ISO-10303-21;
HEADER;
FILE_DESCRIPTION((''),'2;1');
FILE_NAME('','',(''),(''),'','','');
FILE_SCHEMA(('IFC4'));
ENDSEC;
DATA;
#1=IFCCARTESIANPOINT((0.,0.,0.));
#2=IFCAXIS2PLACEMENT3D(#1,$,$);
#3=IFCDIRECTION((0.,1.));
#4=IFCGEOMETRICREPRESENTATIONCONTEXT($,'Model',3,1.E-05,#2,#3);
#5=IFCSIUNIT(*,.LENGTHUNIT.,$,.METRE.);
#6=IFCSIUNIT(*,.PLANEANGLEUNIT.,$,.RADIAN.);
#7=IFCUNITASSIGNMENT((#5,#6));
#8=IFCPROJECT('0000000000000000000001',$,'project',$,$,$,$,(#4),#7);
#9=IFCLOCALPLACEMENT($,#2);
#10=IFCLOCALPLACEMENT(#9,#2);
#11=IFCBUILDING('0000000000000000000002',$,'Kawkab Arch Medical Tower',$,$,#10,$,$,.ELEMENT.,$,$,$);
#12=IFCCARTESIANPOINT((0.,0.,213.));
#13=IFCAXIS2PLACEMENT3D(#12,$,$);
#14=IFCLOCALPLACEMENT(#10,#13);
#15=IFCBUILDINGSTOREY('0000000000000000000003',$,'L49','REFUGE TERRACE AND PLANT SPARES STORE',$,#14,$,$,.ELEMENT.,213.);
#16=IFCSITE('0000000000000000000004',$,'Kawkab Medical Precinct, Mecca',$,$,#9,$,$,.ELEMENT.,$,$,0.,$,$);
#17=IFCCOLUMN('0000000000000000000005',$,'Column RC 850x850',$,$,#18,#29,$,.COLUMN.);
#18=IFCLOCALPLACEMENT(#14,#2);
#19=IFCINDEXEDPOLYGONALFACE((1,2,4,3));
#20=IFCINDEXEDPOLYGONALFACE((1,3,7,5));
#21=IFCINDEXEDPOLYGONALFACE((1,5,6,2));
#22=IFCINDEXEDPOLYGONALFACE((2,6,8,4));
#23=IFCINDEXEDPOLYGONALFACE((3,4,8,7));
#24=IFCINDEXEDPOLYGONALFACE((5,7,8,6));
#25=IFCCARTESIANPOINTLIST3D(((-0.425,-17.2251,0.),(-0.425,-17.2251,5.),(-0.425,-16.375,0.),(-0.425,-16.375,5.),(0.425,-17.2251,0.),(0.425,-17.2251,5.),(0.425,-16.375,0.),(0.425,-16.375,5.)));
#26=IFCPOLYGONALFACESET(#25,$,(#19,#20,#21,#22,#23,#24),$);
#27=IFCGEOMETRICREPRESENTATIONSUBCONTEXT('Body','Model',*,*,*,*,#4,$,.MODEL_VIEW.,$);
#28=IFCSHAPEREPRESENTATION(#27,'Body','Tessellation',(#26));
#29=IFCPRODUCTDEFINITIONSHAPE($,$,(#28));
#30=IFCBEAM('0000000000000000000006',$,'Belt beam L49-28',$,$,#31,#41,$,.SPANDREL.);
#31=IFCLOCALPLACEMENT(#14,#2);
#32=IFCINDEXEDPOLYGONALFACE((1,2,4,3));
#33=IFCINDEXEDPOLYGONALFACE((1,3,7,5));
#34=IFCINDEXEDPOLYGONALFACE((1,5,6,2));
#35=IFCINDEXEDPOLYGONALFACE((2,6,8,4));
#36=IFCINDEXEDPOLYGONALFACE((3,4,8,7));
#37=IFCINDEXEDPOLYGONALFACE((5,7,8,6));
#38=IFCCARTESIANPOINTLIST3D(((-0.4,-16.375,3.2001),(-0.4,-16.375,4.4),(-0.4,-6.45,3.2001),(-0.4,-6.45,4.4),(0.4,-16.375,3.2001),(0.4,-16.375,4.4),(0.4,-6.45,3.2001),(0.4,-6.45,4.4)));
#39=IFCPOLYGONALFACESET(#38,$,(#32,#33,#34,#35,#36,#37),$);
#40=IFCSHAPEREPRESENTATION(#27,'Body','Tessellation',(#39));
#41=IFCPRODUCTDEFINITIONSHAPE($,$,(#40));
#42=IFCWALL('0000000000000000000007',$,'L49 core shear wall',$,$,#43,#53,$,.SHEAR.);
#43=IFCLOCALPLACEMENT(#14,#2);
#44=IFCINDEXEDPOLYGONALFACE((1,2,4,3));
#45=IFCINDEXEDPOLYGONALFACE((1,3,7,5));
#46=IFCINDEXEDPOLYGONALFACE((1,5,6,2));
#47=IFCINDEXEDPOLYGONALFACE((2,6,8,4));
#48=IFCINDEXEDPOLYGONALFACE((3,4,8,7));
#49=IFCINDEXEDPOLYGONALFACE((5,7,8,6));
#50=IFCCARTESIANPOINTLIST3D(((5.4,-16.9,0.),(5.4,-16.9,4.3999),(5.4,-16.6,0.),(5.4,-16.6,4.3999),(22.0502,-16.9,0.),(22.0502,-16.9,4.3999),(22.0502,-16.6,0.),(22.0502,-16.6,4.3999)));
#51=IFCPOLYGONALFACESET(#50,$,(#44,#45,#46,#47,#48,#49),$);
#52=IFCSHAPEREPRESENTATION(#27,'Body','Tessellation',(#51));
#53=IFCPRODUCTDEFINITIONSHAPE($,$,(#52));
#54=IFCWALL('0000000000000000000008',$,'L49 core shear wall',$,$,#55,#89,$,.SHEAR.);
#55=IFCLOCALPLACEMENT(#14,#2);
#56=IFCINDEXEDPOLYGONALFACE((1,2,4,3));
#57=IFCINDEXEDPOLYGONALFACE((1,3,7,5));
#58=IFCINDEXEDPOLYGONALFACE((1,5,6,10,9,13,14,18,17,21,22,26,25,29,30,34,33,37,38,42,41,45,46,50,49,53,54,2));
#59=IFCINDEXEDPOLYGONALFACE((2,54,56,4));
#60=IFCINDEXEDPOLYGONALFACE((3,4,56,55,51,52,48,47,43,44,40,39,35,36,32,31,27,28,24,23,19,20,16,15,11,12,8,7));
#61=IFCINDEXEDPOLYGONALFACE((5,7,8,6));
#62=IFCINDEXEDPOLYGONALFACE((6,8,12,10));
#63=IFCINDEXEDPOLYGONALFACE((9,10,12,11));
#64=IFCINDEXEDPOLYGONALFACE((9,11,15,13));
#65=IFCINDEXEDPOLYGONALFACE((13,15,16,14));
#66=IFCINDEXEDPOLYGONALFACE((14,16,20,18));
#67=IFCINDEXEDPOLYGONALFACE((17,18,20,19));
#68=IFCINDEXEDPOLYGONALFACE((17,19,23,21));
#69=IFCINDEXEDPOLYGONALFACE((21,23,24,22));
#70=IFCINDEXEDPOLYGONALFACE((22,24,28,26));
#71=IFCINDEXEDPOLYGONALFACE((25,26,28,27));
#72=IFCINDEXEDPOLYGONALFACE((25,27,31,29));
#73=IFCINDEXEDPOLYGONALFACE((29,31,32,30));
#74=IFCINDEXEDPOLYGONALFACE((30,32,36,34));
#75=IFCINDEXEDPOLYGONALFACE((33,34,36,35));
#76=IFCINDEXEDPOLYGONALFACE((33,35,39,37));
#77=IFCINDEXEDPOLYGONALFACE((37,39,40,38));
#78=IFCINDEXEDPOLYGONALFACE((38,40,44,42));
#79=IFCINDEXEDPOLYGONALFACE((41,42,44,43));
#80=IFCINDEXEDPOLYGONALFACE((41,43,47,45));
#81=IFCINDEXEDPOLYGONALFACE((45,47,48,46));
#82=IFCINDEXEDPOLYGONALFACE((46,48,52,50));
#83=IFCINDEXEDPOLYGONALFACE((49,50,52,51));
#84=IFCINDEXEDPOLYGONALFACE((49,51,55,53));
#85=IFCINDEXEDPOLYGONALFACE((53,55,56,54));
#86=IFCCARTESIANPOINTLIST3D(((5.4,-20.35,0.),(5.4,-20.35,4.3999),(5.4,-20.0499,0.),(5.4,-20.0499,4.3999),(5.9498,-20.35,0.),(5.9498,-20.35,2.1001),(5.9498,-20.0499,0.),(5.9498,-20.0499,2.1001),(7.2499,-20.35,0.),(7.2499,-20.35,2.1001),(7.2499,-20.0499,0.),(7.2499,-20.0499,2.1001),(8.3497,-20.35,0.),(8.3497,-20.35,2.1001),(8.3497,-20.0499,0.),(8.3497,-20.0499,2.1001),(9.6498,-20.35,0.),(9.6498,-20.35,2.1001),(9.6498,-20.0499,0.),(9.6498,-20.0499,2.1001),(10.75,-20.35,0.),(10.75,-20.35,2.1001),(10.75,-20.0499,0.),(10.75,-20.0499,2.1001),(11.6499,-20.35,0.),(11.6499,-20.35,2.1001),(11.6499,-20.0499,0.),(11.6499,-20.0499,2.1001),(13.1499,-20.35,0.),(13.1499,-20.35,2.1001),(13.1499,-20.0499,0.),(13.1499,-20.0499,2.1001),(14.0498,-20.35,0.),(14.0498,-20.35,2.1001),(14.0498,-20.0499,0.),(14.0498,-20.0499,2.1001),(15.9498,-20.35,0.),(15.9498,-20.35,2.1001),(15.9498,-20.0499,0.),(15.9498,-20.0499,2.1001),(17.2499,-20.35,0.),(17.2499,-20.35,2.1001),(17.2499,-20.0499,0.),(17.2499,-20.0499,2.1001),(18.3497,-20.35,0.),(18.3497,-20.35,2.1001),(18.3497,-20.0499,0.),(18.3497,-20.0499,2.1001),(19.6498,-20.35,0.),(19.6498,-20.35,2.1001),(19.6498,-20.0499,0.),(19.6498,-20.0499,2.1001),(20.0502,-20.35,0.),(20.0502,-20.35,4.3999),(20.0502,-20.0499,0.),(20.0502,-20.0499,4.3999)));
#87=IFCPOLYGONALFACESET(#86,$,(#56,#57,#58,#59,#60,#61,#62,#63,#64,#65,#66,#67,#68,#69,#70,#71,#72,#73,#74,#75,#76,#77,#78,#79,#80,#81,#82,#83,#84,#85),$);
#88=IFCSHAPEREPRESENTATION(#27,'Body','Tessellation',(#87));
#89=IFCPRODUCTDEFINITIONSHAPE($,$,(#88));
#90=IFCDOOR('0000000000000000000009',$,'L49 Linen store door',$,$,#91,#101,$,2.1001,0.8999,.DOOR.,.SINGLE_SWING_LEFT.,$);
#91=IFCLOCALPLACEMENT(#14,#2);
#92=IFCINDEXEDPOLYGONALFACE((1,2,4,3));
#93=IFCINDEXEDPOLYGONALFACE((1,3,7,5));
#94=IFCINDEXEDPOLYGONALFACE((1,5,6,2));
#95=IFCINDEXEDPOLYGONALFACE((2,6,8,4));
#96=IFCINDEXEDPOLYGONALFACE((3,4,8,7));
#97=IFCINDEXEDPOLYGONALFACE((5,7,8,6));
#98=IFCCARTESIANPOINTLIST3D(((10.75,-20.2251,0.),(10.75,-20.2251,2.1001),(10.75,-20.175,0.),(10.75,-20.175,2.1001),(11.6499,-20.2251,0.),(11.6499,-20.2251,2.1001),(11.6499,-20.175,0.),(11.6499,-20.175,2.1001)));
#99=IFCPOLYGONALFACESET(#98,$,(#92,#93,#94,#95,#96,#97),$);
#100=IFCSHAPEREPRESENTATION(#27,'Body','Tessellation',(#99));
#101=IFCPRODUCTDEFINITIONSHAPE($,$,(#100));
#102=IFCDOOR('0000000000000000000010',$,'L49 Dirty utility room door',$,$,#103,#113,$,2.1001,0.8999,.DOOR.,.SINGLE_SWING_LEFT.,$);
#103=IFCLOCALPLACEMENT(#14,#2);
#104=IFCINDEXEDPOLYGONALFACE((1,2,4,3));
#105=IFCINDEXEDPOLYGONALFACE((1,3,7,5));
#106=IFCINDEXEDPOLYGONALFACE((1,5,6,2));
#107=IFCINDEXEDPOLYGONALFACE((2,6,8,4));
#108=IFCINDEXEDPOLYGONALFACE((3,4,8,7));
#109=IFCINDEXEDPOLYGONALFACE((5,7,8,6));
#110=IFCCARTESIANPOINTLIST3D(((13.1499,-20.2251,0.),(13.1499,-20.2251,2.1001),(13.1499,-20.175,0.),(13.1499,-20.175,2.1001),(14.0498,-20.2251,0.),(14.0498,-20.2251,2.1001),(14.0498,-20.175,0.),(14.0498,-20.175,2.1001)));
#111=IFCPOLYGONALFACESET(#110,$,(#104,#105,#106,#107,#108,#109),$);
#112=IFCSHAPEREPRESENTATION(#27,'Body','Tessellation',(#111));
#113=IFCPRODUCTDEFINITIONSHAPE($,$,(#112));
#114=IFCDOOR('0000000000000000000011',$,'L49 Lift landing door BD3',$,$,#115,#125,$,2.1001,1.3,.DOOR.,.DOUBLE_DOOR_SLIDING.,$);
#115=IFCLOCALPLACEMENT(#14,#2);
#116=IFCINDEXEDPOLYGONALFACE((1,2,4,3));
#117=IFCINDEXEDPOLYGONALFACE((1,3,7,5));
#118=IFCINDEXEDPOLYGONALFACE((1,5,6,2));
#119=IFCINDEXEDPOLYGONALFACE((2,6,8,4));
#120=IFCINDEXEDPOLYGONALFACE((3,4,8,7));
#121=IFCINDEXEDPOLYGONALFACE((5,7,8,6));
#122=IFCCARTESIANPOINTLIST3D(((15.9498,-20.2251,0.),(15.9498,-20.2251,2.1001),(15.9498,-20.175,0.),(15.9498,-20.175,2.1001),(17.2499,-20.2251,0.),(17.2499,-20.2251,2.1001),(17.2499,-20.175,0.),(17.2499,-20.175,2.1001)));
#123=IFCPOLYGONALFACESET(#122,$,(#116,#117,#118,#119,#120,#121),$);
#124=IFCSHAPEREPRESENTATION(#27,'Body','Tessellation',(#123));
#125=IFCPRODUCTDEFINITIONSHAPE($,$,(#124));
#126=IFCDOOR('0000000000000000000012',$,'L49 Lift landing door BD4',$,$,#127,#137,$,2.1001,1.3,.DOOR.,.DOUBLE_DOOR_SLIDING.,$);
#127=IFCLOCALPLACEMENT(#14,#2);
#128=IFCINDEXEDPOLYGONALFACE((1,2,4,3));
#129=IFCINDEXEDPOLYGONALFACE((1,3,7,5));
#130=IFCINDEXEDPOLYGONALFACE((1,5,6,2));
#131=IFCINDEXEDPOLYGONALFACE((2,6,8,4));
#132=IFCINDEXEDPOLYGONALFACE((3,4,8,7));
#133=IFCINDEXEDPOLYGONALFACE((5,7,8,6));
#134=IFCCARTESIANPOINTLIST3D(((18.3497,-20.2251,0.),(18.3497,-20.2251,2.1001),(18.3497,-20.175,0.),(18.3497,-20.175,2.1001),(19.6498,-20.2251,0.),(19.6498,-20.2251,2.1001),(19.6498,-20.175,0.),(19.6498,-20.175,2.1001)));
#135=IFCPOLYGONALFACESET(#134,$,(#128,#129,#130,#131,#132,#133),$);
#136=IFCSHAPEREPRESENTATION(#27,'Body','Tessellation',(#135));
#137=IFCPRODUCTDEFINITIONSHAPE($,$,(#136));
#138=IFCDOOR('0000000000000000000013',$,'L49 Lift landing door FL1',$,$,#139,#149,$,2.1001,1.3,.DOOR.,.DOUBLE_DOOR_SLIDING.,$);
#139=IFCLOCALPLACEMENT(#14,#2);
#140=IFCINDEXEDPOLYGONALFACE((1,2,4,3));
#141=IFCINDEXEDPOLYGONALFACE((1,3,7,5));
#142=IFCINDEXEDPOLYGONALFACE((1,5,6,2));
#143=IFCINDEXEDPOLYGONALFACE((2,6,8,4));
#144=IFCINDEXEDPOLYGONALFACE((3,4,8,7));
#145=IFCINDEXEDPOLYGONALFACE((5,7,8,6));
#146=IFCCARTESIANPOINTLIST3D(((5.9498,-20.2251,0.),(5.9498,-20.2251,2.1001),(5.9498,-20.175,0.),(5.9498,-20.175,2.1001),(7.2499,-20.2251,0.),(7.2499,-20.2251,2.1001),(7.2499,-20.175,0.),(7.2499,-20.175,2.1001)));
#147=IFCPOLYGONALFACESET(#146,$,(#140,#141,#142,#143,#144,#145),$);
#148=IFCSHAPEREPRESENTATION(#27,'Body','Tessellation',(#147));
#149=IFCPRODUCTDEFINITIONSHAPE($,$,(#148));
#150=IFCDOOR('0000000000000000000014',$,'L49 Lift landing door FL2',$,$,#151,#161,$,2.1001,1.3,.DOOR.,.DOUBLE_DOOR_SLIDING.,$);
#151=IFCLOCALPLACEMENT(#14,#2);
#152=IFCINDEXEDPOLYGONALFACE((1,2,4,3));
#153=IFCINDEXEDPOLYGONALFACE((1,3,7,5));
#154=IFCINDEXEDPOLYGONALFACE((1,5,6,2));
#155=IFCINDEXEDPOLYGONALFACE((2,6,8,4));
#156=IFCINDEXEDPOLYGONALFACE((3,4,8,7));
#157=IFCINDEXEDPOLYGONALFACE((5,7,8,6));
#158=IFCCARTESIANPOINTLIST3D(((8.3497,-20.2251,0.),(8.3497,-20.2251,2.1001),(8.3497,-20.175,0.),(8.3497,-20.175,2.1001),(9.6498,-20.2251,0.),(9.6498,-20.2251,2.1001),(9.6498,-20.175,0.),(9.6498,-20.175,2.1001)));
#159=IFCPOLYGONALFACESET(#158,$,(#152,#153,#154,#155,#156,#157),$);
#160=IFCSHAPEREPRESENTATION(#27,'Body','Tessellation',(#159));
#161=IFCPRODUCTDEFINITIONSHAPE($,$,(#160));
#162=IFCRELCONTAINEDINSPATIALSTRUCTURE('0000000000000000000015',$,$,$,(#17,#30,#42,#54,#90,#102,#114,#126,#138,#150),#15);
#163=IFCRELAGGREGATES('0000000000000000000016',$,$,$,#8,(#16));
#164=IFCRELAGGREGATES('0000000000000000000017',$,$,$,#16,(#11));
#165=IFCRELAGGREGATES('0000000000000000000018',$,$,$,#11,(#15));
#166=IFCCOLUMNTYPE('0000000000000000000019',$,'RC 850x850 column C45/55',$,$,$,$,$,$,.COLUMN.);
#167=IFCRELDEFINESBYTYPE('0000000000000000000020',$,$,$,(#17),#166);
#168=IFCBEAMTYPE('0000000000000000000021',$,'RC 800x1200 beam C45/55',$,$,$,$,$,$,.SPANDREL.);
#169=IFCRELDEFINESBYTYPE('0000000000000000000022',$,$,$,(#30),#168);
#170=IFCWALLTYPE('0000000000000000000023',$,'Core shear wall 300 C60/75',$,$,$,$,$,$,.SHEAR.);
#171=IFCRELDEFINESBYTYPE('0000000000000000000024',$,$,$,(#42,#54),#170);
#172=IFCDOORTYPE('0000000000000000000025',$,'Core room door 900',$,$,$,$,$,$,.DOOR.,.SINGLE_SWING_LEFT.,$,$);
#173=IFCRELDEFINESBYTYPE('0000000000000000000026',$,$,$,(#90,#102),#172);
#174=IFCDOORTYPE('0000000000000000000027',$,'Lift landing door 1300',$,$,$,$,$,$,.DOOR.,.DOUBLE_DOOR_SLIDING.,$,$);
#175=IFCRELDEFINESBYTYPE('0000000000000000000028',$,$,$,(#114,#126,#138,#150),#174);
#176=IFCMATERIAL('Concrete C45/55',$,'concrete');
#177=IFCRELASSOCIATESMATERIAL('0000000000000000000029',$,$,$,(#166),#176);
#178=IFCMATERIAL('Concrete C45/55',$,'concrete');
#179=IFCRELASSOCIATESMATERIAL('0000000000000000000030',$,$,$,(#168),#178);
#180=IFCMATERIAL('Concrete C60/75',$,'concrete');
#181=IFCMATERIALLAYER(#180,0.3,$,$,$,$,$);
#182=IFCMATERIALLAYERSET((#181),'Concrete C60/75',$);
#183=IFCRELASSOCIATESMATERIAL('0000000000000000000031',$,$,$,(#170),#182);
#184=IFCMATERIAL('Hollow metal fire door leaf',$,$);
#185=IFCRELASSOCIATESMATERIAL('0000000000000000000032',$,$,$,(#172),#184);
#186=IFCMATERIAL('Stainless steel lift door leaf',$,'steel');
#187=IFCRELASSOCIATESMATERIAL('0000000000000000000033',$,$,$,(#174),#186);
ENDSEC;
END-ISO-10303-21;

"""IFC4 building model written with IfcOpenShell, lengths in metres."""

from ifc_helpers import new_model, si_unit, direction, frame, frame_2d, origin, origin_2d, place, context, subcontext, project, spatial, rectangle, extrude, material, layer, layer_set, material_profile, profile_set, type_object, element, fill, save


model = new_model("IFC4")

# Units and contexts
model_context = context("Model", 3, precision=1e-05, world=origin(), true_north=direction((0.0, 1.0)))
body_context = subcontext(model_context, "Body", "Model", "MODEL_VIEW")
ifc_project = project(units=[si_unit("LENGTHUNIT", "METRE"), si_unit("PLANEANGLEUNIT", "RADIAN")], contexts=[model_context])

# Site, building, storey
site_placement = place(None, origin())
site = spatial("IfcSite", under=ifc_project, at=site_placement, Name="Kawkab Medical Precinct, Mecca", CompositionType="ELEMENT", RefElevation=0.0)
building_placement = place(site_placement, origin())
building = spatial("IfcBuilding", under=site, at=building_placement, Name="Kawkab Arch Medical Tower", CompositionType="ELEMENT")
storey_placement = place(building_placement, frame((0.0, 0.0, 213.0)))
storey = spatial("IfcBuildingStorey", under=building, at=storey_placement, Name="L49", Description="REFUGE TERRACE AND PLANT SPARES STORE", CompositionType="ELEMENT", Elevation=213.0)

# Column
ifc_material_1 = material(Name="Concrete C45/55", Category="concrete")
ifc_material_profile_1 = material_profile(ifc_material_1, rectangle(XDim=0.8501, YDim=0.8501, at=origin_2d()), Name="RC 850x850")
ifc_profile_set_1 = profile_set([ifc_material_profile_1], Name="Concrete C45/55")
column_type = type_object("IfcColumnType", Name="RC 850x850 column C45/55", PredefinedType="COLUMN", material=ifc_profile_set_1)
column_placement = place(storey_placement, frame((0.0, -16.8, 0.0), z_axis=(0.0, 0.0, 1.0), x_axis=(1.0, 0.0, 0.0)))
element("IfcColumn", 1, at=column_placement, inside=storey, type_object=column_type, Name="Column RC 850x850", PredefinedType="COLUMN", context=body_context, shape_type="SweptSolid", body=[
    extrude(rectangle(XDim=0.8501, YDim=0.8501, at=origin_2d()), origin(), (0.0, 0.0, 1.0), 5.0),
])

# Beam
ifc_material_2 = material(Name="Concrete C45/55", Category="concrete")
ifc_material_profile_2 = material_profile(ifc_material_2, rectangle(XDim=0.8, YDim=1.2, at=origin_2d()), Name="RC 800x1200")
ifc_profile_set_2 = profile_set([ifc_material_profile_2], Name="Concrete C45/55")
beam_type = type_object("IfcBeamType", Name="RC 800x1200 beam C45/55", PredefinedType="SPANDREL", material=ifc_profile_set_2)
beam_placement = place(storey_placement, frame((0.0, -16.375, 3.8), z_axis=(0.0, 1.0, 0.0), x_axis=(-1.0, 0.0, 0.0)))
element("IfcBeam", 2, at=beam_placement, inside=storey, type_object=beam_type, Name="Belt beam L49-28", PredefinedType="SPANDREL", context=body_context, shape_type="SweptSolid", body=[
    extrude(rectangle(XDim=0.8, YDim=1.2, at=origin_2d()), origin(), (0.0, 0.0, 1.0), 9.925),
])

# Wall
ifc_material_3 = material(Name="Concrete C60/75", Category="concrete")
ifc_layer_1 = layer(ifc_material_3, 0.3)
ifc_layer_set_1 = layer_set([ifc_layer_1], Name="Concrete C60/75")
wall_type_1 = type_object("IfcWallType", Name="Core shear wall 300 C60/75", PredefinedType="SHEAR", material=ifc_layer_set_1)
wall_1_placement = place(storey_placement, frame((5.3999, -16.75, 0.0), z_axis=(0.0, 0.0, 1.0), x_axis=(1.0, 0.0, 0.0)))
element("IfcWall", 3, at=wall_1_placement, inside=storey, type_object=wall_type_1, Name="L49 core shear wall", PredefinedType="SHEAR", context=body_context, shape_type="SweptSolid", body=[
    extrude(rectangle(XDim=16.6501, YDim=0.3, at=frame_2d((8.3252, 0.0))), origin(), (0.0, 0.0, 1.0), 4.3999),
])

# Wall, openings, doors
wall_2_placement = place(storey_placement, frame((5.3999, -20.2, 0.0), z_axis=(0.0, 0.0, 1.0), x_axis=(1.0, 0.0, 0.0)))
wall_2 = element("IfcWall", 4, at=wall_2_placement, inside=storey, type_object=wall_type_1, Name="L49 core shear wall", PredefinedType="SHEAR", context=body_context, shape_type="SweptSolid", body=[
    extrude(rectangle(XDim=14.6501, YDim=0.3, at=frame_2d((7.3252, 0.0))), origin(), (0.0, 0.0, 1.0), 4.3999),
])
opening_1_placement = place(wall_2_placement, frame((10.55, 0.0, 0.0)))
opening_1 = element("IfcOpeningElement", 5, at=opening_1_placement, cuts=wall_2, PredefinedType="OPENING", context=body_context, shape_type="SweptSolid", body=[
    extrude(rectangle(XDim=1.3, YDim=2.1001, at=frame_2d((0.6499, 1.05))), frame((0.0, 0.1599, 0.0), z_axis=(0.0, -1.0, 0.0), x_axis=(1.0, 0.0, 0.0)), (0.0, 0.0, 1.0), 0.3201),
])
opening_2_placement = place(wall_2_placement, frame((12.95, 0.0, 0.0)))
opening_2 = element("IfcOpeningElement", 6, at=opening_2_placement, cuts=wall_2, PredefinedType="OPENING", context=body_context, shape_type="SweptSolid", body=[
    extrude(rectangle(XDim=1.3, YDim=2.1001, at=frame_2d((0.6499, 1.05))), frame((0.0, 0.1599, 0.0), z_axis=(0.0, -1.0, 0.0), x_axis=(1.0, 0.0, 0.0)), (0.0, 0.0, 1.0), 0.3201),
])
opening_3_placement = place(wall_2_placement, frame((0.55, 0.0, 0.0)))
opening_3 = element("IfcOpeningElement", 7, at=opening_3_placement, cuts=wall_2, PredefinedType="OPENING", context=body_context, shape_type="SweptSolid", body=[
    extrude(rectangle(XDim=1.3, YDim=2.1001, at=frame_2d((0.6499, 1.05))), frame((0.0, 0.1599, 0.0), z_axis=(0.0, -1.0, 0.0), x_axis=(1.0, 0.0, 0.0)), (0.0, 0.0, 1.0), 0.3201),
])
opening_4_placement = place(wall_2_placement, frame((2.95, 0.0, 0.0)))
opening_4 = element("IfcOpeningElement", 8, at=opening_4_placement, cuts=wall_2, PredefinedType="OPENING", context=body_context, shape_type="SweptSolid", body=[
    extrude(rectangle(XDim=1.3, YDim=2.1001, at=frame_2d((0.6499, 1.05))), frame((0.0, 0.1599, 0.0), z_axis=(0.0, -1.0, 0.0), x_axis=(1.0, 0.0, 0.0)), (0.0, 0.0, 1.0), 0.3201),
])
opening_5_placement = place(wall_2_placement, frame((5.3501, 0.0, 0.0)))
opening_5 = element("IfcOpeningElement", 9, at=opening_5_placement, cuts=wall_2, PredefinedType="OPENING", context=body_context, shape_type="SweptSolid", body=[
    extrude(rectangle(XDim=0.8999, YDim=2.1001, at=frame_2d((0.45, 1.05))), frame((0.0, 0.1599, 0.0), z_axis=(0.0, -1.0, 0.0), x_axis=(1.0, 0.0, 0.0)), (0.0, 0.0, 1.0), 0.3201),
])
opening_6_placement = place(wall_2_placement, frame((7.75, 0.0, 0.0)))
opening_6 = element("IfcOpeningElement", 10, at=opening_6_placement, cuts=wall_2, PredefinedType="OPENING", context=body_context, shape_type="SweptSolid", body=[
    extrude(rectangle(XDim=0.8999, YDim=2.1001, at=frame_2d((0.45, 1.05))), frame((0.0, 0.1599, 0.0), z_axis=(0.0, -1.0, 0.0), x_axis=(1.0, 0.0, 0.0)), (0.0, 0.0, 1.0), 0.3201),
])
ifc_material_4 = material(Name="Hollow metal fire door leaf")
door_type_1 = type_object("IfcDoorType", Name="Core room door 900", OperationType="SINGLE_SWING_LEFT", PredefinedType="DOOR", material=ifc_material_4)
door_1_placement = place(opening_5_placement, origin())
door_1 = element("IfcDoor", 11, at=door_1_placement, inside=storey, type_object=door_type_1, Name="L49 Linen store door", OperationType="SINGLE_SWING_LEFT", OverallHeight=2.1001, OverallWidth=0.8999, PredefinedType="DOOR", context=body_context, shape_type="SweptSolid", body=[
    extrude(rectangle(XDim=0.8999, YDim=2.1001, at=frame_2d((0.45, 1.05))), frame((0.0, 0.0249, 0.0), z_axis=(0.0, -1.0, 0.0), x_axis=(1.0, 0.0, 0.0)), (0.0, 0.0, 1.0), 0.05),
])
fill(opening_5, door_1)
door_2_placement = place(opening_6_placement, origin())
door_2 = element("IfcDoor", 12, at=door_2_placement, inside=storey, type_object=door_type_1, Name="L49 Dirty utility room door", OperationType="SINGLE_SWING_LEFT", OverallHeight=2.1001, OverallWidth=0.8999, PredefinedType="DOOR", context=body_context, shape_type="SweptSolid", body=[
    extrude(rectangle(XDim=0.8999, YDim=2.1001, at=frame_2d((0.45, 1.05))), frame((0.0, 0.0249, 0.0), z_axis=(0.0, -1.0, 0.0), x_axis=(1.0, 0.0, 0.0)), (0.0, 0.0, 1.0), 0.05),
])
fill(opening_6, door_2)
ifc_material_5 = material(Name="Stainless steel lift door leaf", Category="steel")
door_type_2 = type_object("IfcDoorType", Name="Lift landing door 1300", OperationType="DOUBLE_DOOR_SLIDING", PredefinedType="DOOR", material=ifc_material_5)
door_3_placement = place(opening_1_placement, origin())
door_3 = element("IfcDoor", 13, at=door_3_placement, inside=storey, type_object=door_type_2, Name="L49 Lift landing door BD3", OperationType="DOUBLE_DOOR_SLIDING", OverallHeight=2.1001, OverallWidth=1.3, PredefinedType="DOOR", context=body_context, shape_type="SweptSolid", body=[
    extrude(rectangle(XDim=1.3, YDim=2.1001, at=frame_2d((0.6499, 1.05))), frame((0.0, 0.0249, 0.0), z_axis=(0.0, -1.0, 0.0), x_axis=(1.0, 0.0, 0.0)), (0.0, 0.0, 1.0), 0.05),
])
fill(opening_1, door_3)
door_4_placement = place(opening_2_placement, origin())
door_4 = element("IfcDoor", 14, at=door_4_placement, inside=storey, type_object=door_type_2, Name="L49 Lift landing door BD4", OperationType="DOUBLE_DOOR_SLIDING", OverallHeight=2.1001, OverallWidth=1.3, PredefinedType="DOOR", context=body_context, shape_type="SweptSolid", body=[
    extrude(rectangle(XDim=1.3, YDim=2.1001, at=frame_2d((0.6499, 1.05))), frame((0.0, 0.0249, 0.0), z_axis=(0.0, -1.0, 0.0), x_axis=(1.0, 0.0, 0.0)), (0.0, 0.0, 1.0), 0.05),
])
fill(opening_2, door_4)
door_5_placement = place(opening_3_placement, origin())
door_5 = element("IfcDoor", 15, at=door_5_placement, inside=storey, type_object=door_type_2, Name="L49 Lift landing door FL1", OperationType="DOUBLE_DOOR_SLIDING", OverallHeight=2.1001, OverallWidth=1.3, PredefinedType="DOOR", context=body_context, shape_type="SweptSolid", body=[
    extrude(rectangle(XDim=1.3, YDim=2.1001, at=frame_2d((0.6499, 1.05))), frame((0.0, 0.0249, 0.0), z_axis=(0.0, -1.0, 0.0), x_axis=(1.0, 0.0, 0.0)), (0.0, 0.0, 1.0), 0.05),
])
fill(opening_3, door_5)
door_6_placement = place(opening_4_placement, origin())
door_6 = element("IfcDoor", 16, at=door_6_placement, inside=storey, type_object=door_type_2, Name="L49 Lift landing door FL2", OperationType="DOUBLE_DOOR_SLIDING", OverallHeight=2.1001, OverallWidth=1.3, PredefinedType="DOOR", context=body_context, shape_type="SweptSolid", body=[
    extrude(rectangle(XDim=1.3, YDim=2.1001, at=frame_2d((0.6499, 1.05))), frame((0.0, 0.0249, 0.0), z_axis=(0.0, -1.0, 0.0), x_axis=(1.0, 0.0, 0.0)), (0.0, 0.0, 1.0), 0.05),
])
fill(opening_4, door_6)

save(model, "model.ifc")
